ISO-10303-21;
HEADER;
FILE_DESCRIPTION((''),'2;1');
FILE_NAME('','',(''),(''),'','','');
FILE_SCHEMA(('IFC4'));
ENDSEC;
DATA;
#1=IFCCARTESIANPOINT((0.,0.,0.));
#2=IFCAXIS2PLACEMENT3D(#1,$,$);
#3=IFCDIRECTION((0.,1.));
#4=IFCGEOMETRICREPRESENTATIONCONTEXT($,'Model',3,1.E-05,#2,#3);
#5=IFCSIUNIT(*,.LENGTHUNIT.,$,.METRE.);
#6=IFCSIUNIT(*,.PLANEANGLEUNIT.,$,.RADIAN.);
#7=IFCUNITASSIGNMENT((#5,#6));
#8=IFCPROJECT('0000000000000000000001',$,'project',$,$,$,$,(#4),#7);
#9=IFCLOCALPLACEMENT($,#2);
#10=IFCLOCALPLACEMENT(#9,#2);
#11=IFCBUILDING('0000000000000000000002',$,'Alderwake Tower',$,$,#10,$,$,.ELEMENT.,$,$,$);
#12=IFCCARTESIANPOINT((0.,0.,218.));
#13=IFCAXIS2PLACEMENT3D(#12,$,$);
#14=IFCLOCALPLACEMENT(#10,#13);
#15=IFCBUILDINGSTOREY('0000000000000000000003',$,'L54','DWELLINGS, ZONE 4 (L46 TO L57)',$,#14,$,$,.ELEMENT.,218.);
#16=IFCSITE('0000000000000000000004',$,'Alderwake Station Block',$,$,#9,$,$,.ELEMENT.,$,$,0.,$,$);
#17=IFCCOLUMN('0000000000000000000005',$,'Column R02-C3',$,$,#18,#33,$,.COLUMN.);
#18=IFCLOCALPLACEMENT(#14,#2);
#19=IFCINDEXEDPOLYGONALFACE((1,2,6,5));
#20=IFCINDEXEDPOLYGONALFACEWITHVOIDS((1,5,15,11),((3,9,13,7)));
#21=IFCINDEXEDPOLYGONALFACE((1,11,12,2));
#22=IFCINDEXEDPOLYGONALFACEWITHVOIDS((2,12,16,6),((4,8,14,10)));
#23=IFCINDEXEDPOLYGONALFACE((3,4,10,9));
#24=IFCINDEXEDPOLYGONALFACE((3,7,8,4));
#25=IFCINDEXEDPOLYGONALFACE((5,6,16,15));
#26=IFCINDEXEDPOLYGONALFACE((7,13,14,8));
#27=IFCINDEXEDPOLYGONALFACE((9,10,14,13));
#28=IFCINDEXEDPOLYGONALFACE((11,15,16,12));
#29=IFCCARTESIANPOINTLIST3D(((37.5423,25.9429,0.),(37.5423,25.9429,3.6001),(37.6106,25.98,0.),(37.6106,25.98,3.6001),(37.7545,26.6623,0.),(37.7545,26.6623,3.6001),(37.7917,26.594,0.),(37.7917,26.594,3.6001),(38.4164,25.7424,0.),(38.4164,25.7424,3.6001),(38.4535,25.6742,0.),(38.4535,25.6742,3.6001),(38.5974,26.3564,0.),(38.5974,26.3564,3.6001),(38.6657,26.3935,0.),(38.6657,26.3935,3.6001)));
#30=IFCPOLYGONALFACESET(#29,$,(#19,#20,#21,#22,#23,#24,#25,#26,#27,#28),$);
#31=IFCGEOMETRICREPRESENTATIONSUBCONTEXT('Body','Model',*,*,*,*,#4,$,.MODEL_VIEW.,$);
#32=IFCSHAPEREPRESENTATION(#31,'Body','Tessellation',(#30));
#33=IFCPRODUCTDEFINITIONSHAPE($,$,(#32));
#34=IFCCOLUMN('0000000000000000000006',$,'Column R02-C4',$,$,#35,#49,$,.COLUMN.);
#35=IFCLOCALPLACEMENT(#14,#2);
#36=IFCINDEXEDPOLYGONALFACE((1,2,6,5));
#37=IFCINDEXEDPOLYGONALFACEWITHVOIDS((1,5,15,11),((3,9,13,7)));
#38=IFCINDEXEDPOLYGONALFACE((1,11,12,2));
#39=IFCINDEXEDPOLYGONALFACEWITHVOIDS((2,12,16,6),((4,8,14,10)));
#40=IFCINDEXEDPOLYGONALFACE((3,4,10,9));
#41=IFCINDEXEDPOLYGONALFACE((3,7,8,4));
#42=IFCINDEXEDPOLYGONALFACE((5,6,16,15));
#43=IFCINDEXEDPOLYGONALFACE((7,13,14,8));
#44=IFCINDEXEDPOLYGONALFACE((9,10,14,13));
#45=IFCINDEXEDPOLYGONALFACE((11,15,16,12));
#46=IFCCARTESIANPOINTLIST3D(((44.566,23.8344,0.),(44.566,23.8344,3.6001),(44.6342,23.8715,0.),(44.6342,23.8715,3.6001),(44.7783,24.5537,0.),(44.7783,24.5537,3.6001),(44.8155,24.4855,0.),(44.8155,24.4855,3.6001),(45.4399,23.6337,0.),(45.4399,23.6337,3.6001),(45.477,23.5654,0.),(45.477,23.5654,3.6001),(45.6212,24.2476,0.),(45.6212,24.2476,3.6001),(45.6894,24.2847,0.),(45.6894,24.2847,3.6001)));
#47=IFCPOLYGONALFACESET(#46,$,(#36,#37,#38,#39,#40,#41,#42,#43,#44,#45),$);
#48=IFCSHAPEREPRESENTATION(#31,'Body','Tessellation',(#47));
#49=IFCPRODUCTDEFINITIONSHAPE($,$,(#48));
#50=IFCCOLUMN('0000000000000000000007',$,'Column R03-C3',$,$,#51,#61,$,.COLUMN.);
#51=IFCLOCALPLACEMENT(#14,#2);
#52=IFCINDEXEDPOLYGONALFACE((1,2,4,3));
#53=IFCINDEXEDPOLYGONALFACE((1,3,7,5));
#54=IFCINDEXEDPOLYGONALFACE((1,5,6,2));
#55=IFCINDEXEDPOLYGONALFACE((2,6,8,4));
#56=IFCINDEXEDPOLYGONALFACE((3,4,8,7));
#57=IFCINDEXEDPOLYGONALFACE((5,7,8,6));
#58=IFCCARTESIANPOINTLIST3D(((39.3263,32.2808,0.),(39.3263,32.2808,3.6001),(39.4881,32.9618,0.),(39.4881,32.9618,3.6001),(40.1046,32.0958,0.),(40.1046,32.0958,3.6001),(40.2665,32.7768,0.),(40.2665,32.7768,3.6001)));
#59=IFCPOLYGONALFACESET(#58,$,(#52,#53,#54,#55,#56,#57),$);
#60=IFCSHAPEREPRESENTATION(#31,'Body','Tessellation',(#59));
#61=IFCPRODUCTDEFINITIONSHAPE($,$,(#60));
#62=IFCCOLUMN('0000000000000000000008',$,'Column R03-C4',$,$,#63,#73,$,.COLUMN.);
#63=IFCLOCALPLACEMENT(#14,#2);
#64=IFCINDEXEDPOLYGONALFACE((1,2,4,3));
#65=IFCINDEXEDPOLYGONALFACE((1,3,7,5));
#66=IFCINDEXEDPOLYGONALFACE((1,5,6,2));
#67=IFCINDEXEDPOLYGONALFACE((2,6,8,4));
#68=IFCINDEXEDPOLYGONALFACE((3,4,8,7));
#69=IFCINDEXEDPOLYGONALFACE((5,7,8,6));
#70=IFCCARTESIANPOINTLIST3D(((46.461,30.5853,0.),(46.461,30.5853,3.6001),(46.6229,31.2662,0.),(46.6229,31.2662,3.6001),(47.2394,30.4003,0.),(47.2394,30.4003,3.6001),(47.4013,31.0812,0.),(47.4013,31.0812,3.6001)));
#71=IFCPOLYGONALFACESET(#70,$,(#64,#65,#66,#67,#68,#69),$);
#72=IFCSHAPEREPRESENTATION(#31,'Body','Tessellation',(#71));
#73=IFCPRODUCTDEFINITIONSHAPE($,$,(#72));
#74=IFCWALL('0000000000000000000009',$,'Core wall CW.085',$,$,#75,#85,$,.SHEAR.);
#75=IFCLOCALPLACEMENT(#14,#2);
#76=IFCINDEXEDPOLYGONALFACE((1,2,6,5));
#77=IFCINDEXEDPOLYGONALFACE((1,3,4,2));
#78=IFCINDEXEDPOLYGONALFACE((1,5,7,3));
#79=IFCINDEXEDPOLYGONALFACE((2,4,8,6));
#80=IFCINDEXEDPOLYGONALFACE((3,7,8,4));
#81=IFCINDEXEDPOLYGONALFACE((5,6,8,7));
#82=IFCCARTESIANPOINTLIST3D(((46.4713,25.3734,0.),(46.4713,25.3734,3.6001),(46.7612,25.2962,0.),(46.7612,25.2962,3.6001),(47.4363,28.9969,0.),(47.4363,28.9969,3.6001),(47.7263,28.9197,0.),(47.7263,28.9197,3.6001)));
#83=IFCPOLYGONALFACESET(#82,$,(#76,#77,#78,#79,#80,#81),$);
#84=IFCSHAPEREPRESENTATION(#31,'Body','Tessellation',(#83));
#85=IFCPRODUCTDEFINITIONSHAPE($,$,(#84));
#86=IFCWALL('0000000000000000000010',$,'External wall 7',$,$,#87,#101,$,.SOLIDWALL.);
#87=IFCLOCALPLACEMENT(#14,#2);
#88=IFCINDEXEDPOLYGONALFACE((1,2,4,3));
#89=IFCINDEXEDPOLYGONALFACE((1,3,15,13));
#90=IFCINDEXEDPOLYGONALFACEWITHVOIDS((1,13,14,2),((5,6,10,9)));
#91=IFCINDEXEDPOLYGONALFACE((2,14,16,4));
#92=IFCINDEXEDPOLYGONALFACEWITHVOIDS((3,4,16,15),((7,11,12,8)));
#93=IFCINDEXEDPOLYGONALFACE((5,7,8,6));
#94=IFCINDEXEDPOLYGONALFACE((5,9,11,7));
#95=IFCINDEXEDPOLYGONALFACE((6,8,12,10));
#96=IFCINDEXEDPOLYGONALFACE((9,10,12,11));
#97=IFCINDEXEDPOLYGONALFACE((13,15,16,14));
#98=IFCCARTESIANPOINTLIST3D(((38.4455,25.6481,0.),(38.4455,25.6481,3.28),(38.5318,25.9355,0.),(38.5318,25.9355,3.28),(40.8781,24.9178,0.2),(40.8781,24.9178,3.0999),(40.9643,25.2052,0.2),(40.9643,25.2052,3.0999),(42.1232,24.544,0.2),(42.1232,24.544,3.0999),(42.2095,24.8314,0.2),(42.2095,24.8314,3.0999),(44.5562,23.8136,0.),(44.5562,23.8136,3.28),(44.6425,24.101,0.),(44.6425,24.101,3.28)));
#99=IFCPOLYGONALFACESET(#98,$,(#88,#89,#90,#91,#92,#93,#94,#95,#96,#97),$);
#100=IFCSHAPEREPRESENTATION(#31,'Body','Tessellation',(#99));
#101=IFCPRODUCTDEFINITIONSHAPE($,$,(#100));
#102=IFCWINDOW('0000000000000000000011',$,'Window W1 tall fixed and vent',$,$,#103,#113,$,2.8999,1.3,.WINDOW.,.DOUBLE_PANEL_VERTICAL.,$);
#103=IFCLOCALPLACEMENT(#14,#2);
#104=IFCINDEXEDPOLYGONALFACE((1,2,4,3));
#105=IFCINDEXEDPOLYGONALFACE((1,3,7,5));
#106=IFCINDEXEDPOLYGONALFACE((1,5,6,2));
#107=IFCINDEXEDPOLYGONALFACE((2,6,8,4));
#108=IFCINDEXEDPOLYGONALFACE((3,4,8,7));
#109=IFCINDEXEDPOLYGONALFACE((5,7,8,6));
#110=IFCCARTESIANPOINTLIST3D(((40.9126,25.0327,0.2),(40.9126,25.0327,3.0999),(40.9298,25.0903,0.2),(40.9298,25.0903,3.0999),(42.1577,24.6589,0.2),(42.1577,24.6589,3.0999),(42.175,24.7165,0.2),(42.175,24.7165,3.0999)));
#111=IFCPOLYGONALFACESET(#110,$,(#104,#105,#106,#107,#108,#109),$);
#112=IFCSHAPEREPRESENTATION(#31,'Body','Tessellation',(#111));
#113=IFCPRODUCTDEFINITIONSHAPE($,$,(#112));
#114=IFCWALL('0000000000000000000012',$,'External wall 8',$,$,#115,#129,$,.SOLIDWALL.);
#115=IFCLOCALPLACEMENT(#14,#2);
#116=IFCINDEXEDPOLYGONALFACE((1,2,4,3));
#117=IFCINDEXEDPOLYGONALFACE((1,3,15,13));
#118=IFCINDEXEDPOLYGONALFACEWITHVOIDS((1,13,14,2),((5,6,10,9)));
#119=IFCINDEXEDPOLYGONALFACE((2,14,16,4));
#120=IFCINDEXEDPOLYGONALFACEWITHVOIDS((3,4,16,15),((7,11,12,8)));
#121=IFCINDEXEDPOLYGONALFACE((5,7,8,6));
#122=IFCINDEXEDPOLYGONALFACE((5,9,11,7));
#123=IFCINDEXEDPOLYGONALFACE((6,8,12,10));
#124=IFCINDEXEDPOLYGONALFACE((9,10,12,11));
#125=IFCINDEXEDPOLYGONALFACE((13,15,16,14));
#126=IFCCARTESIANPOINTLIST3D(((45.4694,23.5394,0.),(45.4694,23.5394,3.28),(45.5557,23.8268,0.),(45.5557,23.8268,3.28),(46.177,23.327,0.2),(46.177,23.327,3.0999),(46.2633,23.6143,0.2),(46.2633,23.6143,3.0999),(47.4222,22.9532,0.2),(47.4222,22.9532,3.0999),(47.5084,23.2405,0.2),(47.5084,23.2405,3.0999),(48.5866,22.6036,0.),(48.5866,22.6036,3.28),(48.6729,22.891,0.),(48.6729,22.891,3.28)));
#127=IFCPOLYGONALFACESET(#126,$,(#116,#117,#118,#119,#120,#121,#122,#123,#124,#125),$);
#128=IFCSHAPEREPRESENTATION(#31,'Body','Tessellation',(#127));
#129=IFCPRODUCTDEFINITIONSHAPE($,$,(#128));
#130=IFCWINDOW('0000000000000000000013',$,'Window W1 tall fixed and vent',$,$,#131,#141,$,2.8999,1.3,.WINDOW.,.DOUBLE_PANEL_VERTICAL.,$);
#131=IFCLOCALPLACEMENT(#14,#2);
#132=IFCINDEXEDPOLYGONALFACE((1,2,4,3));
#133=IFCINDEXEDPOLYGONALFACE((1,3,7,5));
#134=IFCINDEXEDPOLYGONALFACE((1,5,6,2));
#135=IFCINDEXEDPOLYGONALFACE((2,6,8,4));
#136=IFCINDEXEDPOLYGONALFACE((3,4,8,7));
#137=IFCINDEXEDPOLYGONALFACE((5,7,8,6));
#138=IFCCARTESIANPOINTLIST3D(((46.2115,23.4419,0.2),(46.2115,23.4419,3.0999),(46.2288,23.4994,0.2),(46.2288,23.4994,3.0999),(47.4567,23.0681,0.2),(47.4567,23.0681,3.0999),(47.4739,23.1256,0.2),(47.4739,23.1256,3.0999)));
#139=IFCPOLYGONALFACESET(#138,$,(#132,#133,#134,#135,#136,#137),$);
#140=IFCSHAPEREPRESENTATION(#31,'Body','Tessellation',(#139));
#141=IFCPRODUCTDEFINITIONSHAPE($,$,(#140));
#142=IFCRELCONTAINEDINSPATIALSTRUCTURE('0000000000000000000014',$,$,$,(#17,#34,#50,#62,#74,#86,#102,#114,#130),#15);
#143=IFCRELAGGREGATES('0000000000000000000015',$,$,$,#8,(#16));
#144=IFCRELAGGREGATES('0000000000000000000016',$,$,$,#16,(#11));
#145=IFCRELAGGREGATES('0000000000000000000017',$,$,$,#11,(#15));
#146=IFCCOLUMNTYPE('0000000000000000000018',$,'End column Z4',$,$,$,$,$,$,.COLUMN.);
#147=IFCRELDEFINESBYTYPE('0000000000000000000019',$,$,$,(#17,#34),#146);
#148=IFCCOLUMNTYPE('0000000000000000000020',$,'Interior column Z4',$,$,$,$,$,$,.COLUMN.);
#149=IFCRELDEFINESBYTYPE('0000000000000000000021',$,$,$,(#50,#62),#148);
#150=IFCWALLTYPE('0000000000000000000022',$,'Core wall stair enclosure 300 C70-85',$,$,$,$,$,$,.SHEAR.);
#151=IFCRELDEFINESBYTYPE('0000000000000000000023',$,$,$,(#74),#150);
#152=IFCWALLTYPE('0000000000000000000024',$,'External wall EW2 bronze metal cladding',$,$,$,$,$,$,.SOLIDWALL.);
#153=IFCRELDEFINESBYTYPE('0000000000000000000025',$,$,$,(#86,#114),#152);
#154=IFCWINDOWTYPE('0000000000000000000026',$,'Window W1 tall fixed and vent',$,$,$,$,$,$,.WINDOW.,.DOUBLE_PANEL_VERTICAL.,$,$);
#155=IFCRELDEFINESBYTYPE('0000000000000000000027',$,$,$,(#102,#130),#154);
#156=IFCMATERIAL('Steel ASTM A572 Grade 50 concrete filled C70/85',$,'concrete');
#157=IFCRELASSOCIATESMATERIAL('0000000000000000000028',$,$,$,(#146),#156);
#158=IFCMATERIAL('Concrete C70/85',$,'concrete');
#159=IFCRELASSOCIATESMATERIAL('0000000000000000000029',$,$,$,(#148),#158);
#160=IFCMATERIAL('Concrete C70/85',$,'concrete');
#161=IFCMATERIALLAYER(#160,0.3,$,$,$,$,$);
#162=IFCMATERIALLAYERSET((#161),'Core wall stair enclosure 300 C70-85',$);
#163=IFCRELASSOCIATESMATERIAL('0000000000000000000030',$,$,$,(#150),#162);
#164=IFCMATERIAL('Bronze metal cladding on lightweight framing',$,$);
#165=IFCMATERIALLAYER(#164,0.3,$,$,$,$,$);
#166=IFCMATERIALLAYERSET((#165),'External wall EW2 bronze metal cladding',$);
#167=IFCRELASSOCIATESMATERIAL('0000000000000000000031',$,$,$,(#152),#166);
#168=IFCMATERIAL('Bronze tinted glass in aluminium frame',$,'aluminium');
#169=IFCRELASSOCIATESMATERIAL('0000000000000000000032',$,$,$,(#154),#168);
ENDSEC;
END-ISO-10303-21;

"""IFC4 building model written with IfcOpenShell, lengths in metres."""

from ifc_helpers import new_model, si_unit, direction, frame, frame_2d, origin, origin_2d, place, context, subcontext, project, spatial, rectangle, hollow_rectangle, extrude, material, layer, layer_set, material_profile, profile_set, type_object, element, fill, save


model = new_model("IFC4")

# Units and contexts
model_context = context("Model", 3, precision=1e-05, world=origin(), true_north=direction((0.0, 1.0)))
body_context = subcontext(model_context, "Body", "Model", "MODEL_VIEW")
ifc_project = project(units=[si_unit("LENGTHUNIT", "METRE"), si_unit("PLANEANGLEUNIT", "RADIAN")], contexts=[model_context])

# Site, building, storey
site_placement = place(None, origin())
site = spatial("IfcSite", under=ifc_project, at=site_placement, Name="Alderwake Station Block", CompositionType="ELEMENT", RefElevation=0.0)
building_placement = place(site_placement, origin())
building = spatial("IfcBuilding", under=site, at=building_placement, Name="Alderwake Tower", CompositionType="ELEMENT")
storey_placement = place(building_placement, frame((0.0, 0.0, 218.0)))
storey = spatial("IfcBuildingStorey", under=building, at=storey_placement, Name="L54", Description="DWELLINGS, ZONE 4 (L46 TO L57)", CompositionType="ELEMENT", Elevation=218.0)

# Columns
ifc_material_1 = material(Name="Steel ASTM A572 Grade 50 concrete filled C70/85", Category="concrete")
ifc_material_profile_1 = material_profile(ifc_material_1, hollow_rectangle(XDim=0.75, YDim=0.95, WallThickness=0.0549, at=origin_2d()), Name="BOX 950X750X55")
ifc_profile_set_1 = profile_set([ifc_material_profile_1], Name="Steel ASTM A572 Grade 50 concrete filled C70/85")
column_type_1 = type_object("IfcColumnType", Name="End column Z4", PredefinedType="COLUMN", material=ifc_profile_set_1)
for number, where, z_axis, x_axis, name in (
    (1, (38.104, 26.1682, 0.0), (0.0, 0.0, 1.0), (0.282879, 0.959156, 0.0), "Column R02-C3"),
    (2, (45.1277, 24.0596, 0.0), (0.0, 0.0, 1.0), (0.283142, 0.959078, 0.0), "Column R02-C4"),
):
    element("IfcColumn", number, at=place(storey_placement, frame(where, z_axis=z_axis, x_axis=x_axis)), inside=storey, type_object=column_type_1, Name=name, PredefinedType="COLUMN", context=body_context, shape_type="SweptSolid", body=[
        extrude(hollow_rectangle(XDim=0.75, YDim=0.95, WallThickness=0.0549, at=origin_2d()), origin(), (0.0, 0.0, 1.0), 3.6001),
    ])
ifc_material_2 = material(Name="Concrete C70/85", Category="concrete")
ifc_material_profile_2 = material_profile(ifc_material_2, rectangle(XDim=0.7, YDim=0.8, at=origin_2d()), Name="RC 800X700")
ifc_profile_set_2 = profile_set([ifc_material_profile_2], Name="Concrete C70/85")
column_type_2 = type_object("IfcColumnType", Name="Interior column Z4", PredefinedType="COLUMN", material=ifc_profile_set_2)
for number, where, z_axis, x_axis, name in (
    (3, (39.7964, 32.5288, 0.0), (0.0, 0.0, 1.0), (0.231222, 0.972901, 0.0), "Column R03-C3"),
    (4, (46.9312, 30.8333, 0.0), (0.0, 0.0, 1.0), (0.231222, 0.972901, 0.0), "Column R03-C4"),
):
    element("IfcColumn", number, at=place(storey_placement, frame(where, z_axis=z_axis, x_axis=x_axis)), inside=storey, type_object=column_type_2, Name=name, PredefinedType="COLUMN", context=body_context, shape_type="SweptSolid", body=[
        extrude(rectangle(XDim=0.7, YDim=0.8, at=origin_2d()), origin(), (0.0, 0.0, 1.0), 3.6001),
    ])

# Wall
ifc_material_3 = material(Name="Concrete C70/85", Category="concrete")
ifc_layer_1 = layer(ifc_material_3, 0.3)
ifc_layer_set_1 = layer_set([ifc_layer_1], Name="Core wall stair enclosure 300 C70-85")
wall_type_1 = type_object("IfcWallType", Name="Core wall stair enclosure 300 C70-85", PredefinedType="SHEAR", material=ifc_layer_set_1)
wall_1_placement = place(storey_placement, frame((46.6162, 25.3347, 0.0), z_axis=(0.0, 0.0, 1.0), x_axis=(0.257367, 0.966314, 0.0)))
element("IfcWall", 5, at=wall_1_placement, inside=storey, type_object=wall_type_1, Name="Core wall CW.085", PredefinedType="SHEAR", context=body_context, shape_type="SweptSolid", body=[
    extrude(rectangle(XDim=3.7498, YDim=0.3, at=frame_2d((1.875, 0.0))), origin(), (0.0, 0.0, 1.0), 3.6001),
])

# Walls, openings, windows
ifc_material_4 = material(Name="Bronze metal cladding on lightweight framing")
ifc_layer_2 = layer(ifc_material_4, 0.3)
ifc_layer_set_2 = layer_set([ifc_layer_2], Name="External wall EW2 bronze metal cladding")
wall_type_2 = type_object("IfcWallType", Name="External wall EW2 bronze metal cladding", PredefinedType="SOLIDWALL", material=ifc_layer_set_2)
wall_2_placement = place(storey_placement, frame((38.4888, 25.7917, 0.0), z_axis=(0.0, 0.0, 1.0), x_axis=(0.95777, -0.287534, 0.0)))
wall_2 = element("IfcWall", 6, at=wall_2_placement, inside=storey, type_object=wall_type_2, Name="External wall 7", PredefinedType="SOLIDWALL", context=body_context, shape_type="SweptSolid", body=[
    extrude(rectangle(XDim=6.3801, YDim=0.3, at=frame_2d((3.1899, 0.0))), origin(), (0.0, 0.0, 1.0), 3.28),
])
opening_1_placement = place(wall_2_placement, frame((2.5398, 0.0, 0.2)))
opening_1 = element("IfcOpeningElement", 7, at=opening_1_placement, cuts=wall_2, PredefinedType="OPENING", context=body_context, shape_type="SweptSolid", body=[
    extrude(rectangle(XDim=1.3, YDim=2.8999, at=frame_2d((0.6499, 1.45))), frame((0.0, 0.1599, 0.0), z_axis=(0.0, -1.0, 0.0), x_axis=(1.0, 0.0, 0.0)), (0.0, 0.0, 1.0), 0.3201),
])
ifc_material_5 = material(Name="Bronze tinted glass in aluminium frame", Category="aluminium")
window_type = type_object("IfcWindowType", Name="Window W1 tall fixed and vent", PartitioningType="DOUBLE_PANEL_VERTICAL", PredefinedType="WINDOW", material=ifc_material_5)
window_1_placement = place(opening_1_placement, origin())
window_1 = element("IfcWindow", 8, at=window_1_placement, inside=storey, type_object=window_type, Name="Window W1 tall fixed and vent", OverallHeight=2.8999, OverallWidth=1.3, PartitioningType="DOUBLE_PANEL_VERTICAL", PredefinedType="WINDOW", context=body_context, shape_type="SweptSolid", body=[
    extrude(rectangle(XDim=1.3, YDim=2.8999, at=frame_2d((0.6499, 1.45))), frame((0.0, 0.03, 0.0), z_axis=(0.0, -1.0, 0.0), x_axis=(1.0, 0.0, 0.0)), (0.0, 0.0, 1.0), 0.0601),
])
fill(opening_1, window_1)
wall_3_placement = place(storey_placement, frame((45.5125, 23.6831, 0.0), z_axis=(0.0, 0.0, 1.0), x_axis=(0.957773, -0.287527, 0.0)))
wall_3 = element("IfcWall", 9, at=wall_3_placement, inside=storey, type_object=wall_type_2, Name="External wall 8", PredefinedType="SOLIDWALL", context=body_context, shape_type="SweptSolid", body=[
    extrude(rectangle(XDim=3.2546, YDim=0.3, at=frame_2d((1.6274, 0.0))), origin(), (0.0, 0.0, 1.0), 3.28),
])
opening_2_placement = place(wall_3_placement, frame((0.739, 0.0, 0.2)))
opening_2 = element("IfcOpeningElement", 10, at=opening_2_placement, cuts=wall_3, PredefinedType="OPENING", context=body_context, shape_type="SweptSolid", body=[
    extrude(rectangle(XDim=1.3, YDim=2.8999, at=frame_2d((0.6499, 1.45))), frame((0.0, 0.1599, 0.0), z_axis=(0.0, -1.0, 0.0), x_axis=(1.0, 0.0, 0.0)), (0.0, 0.0, 1.0), 0.3201),
])
window_2_placement = place(opening_2_placement, origin())
window_2 = element("IfcWindow", 11, at=window_2_placement, inside=storey, type_object=window_type, Name="Window W1 tall fixed and vent", OverallHeight=2.8999, OverallWidth=1.3, PartitioningType="DOUBLE_PANEL_VERTICAL", PredefinedType="WINDOW", context=body_context, shape_type="SweptSolid", body=[
    extrude(rectangle(XDim=1.3, YDim=2.8999, at=frame_2d((0.6499, 1.45))), frame((0.0, 0.03, 0.0), z_axis=(0.0, -1.0, 0.0), x_axis=(1.0, 0.0, 0.0)), (0.0, 0.0, 1.0), 0.0601),
])
fill(opening_2, window_2)

save(model, "model.ifc")
